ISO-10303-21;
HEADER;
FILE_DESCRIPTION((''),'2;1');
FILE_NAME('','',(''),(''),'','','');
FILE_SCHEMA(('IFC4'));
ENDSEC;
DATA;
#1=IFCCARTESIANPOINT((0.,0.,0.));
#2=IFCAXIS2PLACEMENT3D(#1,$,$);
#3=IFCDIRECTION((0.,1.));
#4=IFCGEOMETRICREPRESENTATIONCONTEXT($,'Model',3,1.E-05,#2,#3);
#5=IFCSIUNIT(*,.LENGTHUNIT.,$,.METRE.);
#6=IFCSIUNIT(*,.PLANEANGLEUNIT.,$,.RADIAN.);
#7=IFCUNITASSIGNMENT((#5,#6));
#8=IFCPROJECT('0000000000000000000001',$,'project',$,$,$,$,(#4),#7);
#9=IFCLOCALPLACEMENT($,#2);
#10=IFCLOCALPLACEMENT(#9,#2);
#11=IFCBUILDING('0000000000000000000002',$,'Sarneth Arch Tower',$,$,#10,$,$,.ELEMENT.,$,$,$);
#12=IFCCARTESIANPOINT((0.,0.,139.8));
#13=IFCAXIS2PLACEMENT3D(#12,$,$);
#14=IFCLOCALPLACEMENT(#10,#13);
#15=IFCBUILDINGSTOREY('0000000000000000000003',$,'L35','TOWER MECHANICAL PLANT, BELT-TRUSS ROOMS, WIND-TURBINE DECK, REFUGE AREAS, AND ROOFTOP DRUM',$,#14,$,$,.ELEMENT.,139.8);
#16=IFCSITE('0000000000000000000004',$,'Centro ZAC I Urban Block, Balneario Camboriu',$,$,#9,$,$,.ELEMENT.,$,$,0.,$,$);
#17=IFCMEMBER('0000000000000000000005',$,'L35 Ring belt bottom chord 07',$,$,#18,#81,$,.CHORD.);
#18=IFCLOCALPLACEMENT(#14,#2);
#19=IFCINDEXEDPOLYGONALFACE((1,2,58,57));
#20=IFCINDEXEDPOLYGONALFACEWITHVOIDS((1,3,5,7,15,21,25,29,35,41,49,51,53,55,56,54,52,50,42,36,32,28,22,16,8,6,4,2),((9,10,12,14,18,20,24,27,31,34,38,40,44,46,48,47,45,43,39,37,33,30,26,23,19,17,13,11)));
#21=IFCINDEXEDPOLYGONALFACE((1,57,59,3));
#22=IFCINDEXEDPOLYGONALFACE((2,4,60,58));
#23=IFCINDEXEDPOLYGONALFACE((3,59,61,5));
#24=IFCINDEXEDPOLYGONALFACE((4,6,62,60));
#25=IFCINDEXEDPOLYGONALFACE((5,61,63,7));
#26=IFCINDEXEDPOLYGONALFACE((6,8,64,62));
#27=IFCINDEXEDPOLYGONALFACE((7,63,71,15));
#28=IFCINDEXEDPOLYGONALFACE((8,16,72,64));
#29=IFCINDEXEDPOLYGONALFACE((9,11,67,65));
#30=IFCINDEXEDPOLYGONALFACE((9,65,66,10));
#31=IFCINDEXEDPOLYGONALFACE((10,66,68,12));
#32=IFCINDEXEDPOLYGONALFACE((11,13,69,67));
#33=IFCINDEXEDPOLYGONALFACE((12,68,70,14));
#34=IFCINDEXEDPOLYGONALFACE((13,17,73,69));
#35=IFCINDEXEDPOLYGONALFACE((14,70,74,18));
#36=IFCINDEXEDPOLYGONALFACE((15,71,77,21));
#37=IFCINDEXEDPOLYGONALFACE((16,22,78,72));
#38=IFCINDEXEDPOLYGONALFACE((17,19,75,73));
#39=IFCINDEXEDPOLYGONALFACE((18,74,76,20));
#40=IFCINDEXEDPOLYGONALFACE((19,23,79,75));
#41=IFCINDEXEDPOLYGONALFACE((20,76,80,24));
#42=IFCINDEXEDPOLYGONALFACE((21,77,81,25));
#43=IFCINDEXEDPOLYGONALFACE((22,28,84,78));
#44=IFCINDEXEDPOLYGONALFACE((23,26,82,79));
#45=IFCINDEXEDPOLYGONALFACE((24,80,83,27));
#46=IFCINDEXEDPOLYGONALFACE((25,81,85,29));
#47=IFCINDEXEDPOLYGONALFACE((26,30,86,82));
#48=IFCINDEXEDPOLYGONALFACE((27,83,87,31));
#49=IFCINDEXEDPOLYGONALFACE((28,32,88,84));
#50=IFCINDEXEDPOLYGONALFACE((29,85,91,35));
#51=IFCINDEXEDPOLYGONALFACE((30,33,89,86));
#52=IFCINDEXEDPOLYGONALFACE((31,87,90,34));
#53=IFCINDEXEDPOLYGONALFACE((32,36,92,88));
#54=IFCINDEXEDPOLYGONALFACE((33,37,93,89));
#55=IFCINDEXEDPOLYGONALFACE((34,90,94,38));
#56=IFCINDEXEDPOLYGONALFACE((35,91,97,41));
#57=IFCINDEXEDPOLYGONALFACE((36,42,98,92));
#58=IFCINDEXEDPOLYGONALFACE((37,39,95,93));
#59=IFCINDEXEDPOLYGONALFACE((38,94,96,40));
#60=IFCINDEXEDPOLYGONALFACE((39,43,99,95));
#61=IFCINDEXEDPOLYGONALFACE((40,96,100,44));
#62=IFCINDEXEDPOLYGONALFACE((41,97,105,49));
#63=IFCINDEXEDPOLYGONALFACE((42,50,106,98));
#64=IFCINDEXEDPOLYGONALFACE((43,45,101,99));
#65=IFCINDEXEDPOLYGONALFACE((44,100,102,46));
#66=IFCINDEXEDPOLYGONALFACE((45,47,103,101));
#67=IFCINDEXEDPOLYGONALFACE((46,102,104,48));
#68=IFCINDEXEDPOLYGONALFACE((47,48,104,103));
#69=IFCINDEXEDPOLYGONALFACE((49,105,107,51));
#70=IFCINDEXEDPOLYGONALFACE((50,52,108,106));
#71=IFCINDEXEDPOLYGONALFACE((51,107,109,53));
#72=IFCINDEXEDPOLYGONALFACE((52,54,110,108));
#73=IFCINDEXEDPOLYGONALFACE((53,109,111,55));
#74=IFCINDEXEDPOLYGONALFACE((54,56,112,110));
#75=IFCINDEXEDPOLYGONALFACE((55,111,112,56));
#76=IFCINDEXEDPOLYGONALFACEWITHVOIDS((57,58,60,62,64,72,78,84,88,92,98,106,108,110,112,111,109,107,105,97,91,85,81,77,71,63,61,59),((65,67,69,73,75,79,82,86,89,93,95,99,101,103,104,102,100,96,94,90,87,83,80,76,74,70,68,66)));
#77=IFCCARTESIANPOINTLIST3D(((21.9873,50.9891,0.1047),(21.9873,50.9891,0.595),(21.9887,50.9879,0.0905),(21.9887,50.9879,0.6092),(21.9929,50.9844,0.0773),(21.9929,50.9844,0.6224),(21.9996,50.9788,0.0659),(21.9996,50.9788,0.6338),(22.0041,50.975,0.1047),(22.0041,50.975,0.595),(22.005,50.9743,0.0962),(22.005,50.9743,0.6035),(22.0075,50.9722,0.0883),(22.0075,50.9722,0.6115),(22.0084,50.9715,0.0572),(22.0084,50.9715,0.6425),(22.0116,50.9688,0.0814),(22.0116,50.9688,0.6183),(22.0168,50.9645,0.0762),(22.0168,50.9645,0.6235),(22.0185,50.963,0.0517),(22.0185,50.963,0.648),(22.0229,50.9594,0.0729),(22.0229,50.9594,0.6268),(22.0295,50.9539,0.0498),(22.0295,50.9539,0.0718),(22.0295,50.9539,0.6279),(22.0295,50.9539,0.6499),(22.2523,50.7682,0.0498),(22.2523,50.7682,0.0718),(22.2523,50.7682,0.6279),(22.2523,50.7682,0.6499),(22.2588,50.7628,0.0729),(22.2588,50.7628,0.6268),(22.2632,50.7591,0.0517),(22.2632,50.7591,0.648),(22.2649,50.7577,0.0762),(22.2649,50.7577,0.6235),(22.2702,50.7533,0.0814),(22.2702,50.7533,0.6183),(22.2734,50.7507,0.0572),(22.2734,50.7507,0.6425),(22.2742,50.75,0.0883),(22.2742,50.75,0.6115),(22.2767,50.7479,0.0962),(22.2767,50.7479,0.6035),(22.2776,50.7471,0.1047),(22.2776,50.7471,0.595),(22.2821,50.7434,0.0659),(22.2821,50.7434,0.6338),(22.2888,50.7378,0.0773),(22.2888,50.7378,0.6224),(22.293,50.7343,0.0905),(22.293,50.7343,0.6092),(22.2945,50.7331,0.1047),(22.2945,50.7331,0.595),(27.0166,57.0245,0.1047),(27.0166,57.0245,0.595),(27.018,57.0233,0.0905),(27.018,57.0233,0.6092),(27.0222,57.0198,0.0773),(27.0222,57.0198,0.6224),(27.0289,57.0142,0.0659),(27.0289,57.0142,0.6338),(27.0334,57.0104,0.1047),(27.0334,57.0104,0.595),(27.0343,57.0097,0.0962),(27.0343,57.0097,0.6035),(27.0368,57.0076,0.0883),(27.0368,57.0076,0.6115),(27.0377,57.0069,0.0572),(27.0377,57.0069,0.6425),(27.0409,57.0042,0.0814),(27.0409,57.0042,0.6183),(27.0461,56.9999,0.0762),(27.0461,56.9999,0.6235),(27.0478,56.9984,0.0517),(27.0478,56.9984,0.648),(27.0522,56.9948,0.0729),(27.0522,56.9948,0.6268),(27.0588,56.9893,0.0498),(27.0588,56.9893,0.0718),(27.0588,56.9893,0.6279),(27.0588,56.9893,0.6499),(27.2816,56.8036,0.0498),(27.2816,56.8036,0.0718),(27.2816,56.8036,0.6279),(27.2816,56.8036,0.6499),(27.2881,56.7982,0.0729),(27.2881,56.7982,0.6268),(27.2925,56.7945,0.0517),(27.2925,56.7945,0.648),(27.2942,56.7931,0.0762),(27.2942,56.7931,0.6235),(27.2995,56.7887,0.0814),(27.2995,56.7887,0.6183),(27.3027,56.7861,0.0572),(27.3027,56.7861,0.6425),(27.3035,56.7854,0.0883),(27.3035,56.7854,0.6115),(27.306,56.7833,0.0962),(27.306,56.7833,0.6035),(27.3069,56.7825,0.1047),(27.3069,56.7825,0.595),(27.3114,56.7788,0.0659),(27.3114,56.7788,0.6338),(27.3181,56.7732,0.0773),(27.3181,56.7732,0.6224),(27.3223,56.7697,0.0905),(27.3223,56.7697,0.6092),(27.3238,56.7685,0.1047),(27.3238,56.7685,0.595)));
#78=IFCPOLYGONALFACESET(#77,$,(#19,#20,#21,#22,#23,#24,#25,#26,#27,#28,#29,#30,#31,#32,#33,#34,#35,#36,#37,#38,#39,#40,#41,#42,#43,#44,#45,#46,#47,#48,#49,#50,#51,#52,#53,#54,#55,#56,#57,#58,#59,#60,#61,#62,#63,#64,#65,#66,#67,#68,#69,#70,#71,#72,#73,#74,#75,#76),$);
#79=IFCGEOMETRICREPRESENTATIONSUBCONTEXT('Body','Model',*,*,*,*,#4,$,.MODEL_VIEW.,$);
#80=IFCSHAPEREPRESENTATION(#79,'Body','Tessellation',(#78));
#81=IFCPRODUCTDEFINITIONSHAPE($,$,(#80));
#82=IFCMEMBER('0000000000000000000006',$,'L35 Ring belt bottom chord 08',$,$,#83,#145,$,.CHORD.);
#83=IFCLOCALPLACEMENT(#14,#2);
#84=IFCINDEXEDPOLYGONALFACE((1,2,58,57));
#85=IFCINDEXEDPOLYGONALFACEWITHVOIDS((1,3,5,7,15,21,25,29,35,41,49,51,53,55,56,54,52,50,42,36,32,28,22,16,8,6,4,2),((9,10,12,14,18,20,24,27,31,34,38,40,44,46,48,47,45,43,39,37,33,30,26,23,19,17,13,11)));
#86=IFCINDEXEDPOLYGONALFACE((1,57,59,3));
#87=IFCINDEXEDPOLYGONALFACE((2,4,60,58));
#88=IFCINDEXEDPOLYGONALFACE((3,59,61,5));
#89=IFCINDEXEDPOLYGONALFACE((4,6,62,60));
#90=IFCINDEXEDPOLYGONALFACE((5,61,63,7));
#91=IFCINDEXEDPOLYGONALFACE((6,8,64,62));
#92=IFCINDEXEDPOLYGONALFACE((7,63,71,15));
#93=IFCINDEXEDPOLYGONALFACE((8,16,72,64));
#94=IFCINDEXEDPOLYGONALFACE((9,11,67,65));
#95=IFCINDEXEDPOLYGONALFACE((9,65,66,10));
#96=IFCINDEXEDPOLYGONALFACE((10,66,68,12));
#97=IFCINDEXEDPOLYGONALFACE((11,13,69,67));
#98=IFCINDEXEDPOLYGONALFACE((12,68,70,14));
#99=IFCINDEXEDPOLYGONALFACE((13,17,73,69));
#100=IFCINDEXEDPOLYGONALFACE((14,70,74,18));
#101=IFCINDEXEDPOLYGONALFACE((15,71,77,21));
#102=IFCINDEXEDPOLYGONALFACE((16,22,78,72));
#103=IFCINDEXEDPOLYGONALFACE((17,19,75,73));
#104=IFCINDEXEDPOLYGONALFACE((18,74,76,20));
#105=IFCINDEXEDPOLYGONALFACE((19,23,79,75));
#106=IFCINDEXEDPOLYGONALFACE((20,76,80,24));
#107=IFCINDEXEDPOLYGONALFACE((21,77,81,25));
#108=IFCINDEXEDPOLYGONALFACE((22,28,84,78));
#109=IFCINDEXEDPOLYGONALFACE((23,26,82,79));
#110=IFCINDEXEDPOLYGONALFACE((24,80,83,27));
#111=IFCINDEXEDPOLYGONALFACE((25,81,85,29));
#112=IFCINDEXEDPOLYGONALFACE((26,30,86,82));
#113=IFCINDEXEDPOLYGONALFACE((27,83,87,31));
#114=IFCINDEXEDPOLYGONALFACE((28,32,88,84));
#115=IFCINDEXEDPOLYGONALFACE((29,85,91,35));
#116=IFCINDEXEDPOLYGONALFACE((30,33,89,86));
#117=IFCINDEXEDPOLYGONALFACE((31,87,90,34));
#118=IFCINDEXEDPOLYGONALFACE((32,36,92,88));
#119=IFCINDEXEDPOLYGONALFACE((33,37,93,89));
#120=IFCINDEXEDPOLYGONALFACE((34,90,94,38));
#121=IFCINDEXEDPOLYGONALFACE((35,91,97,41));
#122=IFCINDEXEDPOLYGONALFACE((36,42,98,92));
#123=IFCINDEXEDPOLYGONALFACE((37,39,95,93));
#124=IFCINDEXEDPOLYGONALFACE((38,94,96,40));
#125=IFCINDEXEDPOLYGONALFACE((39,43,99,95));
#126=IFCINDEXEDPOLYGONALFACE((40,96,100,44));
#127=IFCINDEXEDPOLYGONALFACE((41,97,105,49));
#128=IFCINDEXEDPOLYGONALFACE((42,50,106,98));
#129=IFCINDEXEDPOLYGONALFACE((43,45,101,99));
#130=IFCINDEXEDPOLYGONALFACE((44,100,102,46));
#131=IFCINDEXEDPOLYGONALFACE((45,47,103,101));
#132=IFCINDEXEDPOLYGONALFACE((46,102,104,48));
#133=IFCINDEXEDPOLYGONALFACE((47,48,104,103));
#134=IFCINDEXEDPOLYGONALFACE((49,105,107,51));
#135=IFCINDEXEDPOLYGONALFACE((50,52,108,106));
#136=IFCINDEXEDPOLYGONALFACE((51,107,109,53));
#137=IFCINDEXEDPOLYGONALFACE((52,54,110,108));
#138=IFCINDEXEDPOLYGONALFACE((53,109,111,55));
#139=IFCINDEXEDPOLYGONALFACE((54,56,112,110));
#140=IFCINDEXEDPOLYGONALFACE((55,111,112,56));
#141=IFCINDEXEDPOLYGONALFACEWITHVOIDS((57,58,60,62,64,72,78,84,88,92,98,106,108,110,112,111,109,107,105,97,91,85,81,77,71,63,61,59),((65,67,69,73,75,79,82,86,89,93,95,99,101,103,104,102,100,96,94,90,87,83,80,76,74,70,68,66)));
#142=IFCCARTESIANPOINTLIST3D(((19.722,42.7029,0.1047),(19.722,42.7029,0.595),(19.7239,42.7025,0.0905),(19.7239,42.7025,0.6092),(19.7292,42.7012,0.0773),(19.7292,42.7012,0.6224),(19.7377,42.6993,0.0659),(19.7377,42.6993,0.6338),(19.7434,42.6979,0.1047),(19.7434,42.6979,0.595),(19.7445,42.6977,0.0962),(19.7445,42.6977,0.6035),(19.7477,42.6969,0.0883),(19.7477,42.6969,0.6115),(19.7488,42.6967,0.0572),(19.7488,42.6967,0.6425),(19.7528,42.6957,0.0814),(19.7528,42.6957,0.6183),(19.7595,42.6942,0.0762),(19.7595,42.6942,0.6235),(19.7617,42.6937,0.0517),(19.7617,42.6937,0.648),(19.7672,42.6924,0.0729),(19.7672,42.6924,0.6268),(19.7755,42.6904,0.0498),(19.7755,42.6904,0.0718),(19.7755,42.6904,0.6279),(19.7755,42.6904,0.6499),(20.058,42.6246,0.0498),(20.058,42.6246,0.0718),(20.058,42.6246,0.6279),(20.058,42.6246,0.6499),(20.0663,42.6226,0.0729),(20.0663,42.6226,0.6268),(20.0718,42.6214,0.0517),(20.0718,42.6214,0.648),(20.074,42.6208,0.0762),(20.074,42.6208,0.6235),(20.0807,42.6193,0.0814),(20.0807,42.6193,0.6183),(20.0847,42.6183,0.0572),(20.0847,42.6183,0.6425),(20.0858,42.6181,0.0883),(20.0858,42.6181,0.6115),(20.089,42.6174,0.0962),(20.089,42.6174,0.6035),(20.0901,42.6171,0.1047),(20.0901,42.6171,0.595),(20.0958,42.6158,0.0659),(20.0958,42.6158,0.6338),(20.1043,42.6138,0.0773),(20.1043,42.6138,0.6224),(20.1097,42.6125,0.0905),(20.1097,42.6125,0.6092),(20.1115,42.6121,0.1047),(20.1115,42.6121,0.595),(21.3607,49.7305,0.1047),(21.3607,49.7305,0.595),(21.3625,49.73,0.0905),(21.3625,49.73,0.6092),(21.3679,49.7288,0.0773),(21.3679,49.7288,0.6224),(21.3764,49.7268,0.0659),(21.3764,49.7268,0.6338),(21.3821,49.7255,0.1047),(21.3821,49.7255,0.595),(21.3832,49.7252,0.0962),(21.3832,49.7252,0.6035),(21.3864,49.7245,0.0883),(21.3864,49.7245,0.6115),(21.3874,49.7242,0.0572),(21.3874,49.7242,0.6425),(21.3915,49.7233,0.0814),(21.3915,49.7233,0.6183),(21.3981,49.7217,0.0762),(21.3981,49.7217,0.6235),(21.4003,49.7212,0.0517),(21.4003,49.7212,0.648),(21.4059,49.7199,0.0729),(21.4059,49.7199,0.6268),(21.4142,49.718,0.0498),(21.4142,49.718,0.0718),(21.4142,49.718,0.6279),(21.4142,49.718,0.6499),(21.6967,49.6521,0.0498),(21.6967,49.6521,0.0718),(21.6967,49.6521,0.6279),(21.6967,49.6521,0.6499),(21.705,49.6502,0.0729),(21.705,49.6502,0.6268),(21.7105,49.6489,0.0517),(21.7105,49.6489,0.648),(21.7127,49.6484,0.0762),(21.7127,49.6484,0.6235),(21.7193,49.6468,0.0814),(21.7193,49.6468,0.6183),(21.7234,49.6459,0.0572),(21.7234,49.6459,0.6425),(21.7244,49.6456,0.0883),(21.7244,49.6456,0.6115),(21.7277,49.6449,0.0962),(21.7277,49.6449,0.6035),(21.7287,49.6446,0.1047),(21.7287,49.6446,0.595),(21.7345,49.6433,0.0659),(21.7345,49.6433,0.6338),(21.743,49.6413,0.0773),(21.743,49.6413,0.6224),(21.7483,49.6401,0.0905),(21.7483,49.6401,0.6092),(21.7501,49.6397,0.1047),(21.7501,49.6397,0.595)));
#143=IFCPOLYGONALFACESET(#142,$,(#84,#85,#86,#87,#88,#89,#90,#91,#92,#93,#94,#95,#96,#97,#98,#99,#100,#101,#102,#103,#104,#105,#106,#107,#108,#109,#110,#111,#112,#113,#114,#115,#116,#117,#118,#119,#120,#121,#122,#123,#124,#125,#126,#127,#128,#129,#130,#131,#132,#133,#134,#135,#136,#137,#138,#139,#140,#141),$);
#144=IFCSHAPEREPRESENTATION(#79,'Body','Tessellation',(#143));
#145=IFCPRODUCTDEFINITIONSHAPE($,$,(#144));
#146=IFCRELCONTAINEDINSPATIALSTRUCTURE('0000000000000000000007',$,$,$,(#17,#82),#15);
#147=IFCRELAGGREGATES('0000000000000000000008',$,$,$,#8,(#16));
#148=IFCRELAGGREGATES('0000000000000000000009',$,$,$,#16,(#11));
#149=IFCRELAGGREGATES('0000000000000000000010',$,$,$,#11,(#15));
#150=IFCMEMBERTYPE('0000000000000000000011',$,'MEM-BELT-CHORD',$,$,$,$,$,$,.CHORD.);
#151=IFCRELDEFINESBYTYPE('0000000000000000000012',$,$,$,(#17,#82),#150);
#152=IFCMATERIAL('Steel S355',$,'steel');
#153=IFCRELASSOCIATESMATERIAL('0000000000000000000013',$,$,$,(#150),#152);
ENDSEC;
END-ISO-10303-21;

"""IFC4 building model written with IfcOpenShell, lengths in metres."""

from ifc_helpers import new_model, si_unit, direction, frame, origin, origin_2d, place, context, subcontext, project, spatial, hollow_rectangle, extrude, material, material_profile, profile_set, type_object, element, save


model = new_model("IFC4")

# Units and contexts
model_context = context("Model", 3, precision=1e-05, world=origin(), true_north=direction((0.0, 1.0)))
body_context = subcontext(model_context, "Body", "Model", "MODEL_VIEW")
ifc_project = project(units=[si_unit("LENGTHUNIT", "METRE"), si_unit("PLANEANGLEUNIT", "RADIAN")], contexts=[model_context])

# Site, building, storey
site_placement = place(None, origin())
site = spatial("IfcSite", under=ifc_project, at=site_placement, Name="Centro ZAC I Urban Block, Balneario Camboriu", CompositionType="ELEMENT", RefElevation=0.0)
building_placement = place(site_placement, origin())
building = spatial("IfcBuilding", under=site, at=building_placement, Name="Sarneth Arch Tower", CompositionType="ELEMENT")
storey_placement = place(building_placement, frame((0.0, 0.0, 139.8)))
storey = spatial("IfcBuildingStorey", under=building, at=storey_placement, Name="L35", Description="TOWER MECHANICAL PLANT, BELT-TRUSS ROOMS, WIND-TURBINE DECK, REFUGE AREAS, AND ROOFTOP DRUM", CompositionType="ELEMENT", Elevation=139.8)

# Members
ifc_material_1 = material(Name="Steel S355", Category="steel")
ifc_material_profile_1 = material_profile(ifc_material_1, hollow_rectangle(XDim=0.3999, YDim=0.6001, WallThickness=0.022, InnerFilletRadius=0.033, OuterFilletRadius=0.0549, at=origin_2d()), Name="RHS600x400x22")
ifc_profile_set_1 = profile_set([ifc_material_profile_1], Name="Steel S355")
member_type_1 = type_object("IfcMemberType", Name="MEM-BELT-CHORD", PredefinedType="CHORD", material=ifc_profile_set_1)
member_1_placement = place(storey_placement, frame((27.1702, 56.8965, 0.3499), z_axis=(-0.640169, -0.768234, 0.0), x_axis=(0.768234, -0.640169, 0.0)))
element("IfcMember", 1, at=member_1_placement, inside=storey, type_object=member_type_1, Name="L35 Ring belt bottom chord 07", PredefinedType="CHORD", context=body_context, shape_type="SweptSolid", body=[
    extrude(hollow_rectangle(XDim=0.3999, YDim=0.6001, WallThickness=0.022, InnerFilletRadius=0.033, OuterFilletRadius=0.0549, at=origin_2d()), origin(), (0.0, 0.0, 1.0), 7.8562),
])
member_2_placement = place(storey_placement, frame((21.5554, 49.6851, 0.3499), z_axis=(-0.227085, -0.973875, 0.0), x_axis=(0.973875, -0.227085, 0.0)))
element("IfcMember", 2, at=member_2_placement, inside=storey, type_object=member_type_1, Name="L35 Ring belt bottom chord 08", PredefinedType="CHORD", context=body_context, shape_type="SweptSolid", body=[
    extrude(hollow_rectangle(XDim=0.3999, YDim=0.6001, WallThickness=0.022, InnerFilletRadius=0.033, OuterFilletRadius=0.0549, at=origin_2d()), origin(), (0.0, 0.0, 1.0), 7.2161),
])

save(model, "model.ifc")
